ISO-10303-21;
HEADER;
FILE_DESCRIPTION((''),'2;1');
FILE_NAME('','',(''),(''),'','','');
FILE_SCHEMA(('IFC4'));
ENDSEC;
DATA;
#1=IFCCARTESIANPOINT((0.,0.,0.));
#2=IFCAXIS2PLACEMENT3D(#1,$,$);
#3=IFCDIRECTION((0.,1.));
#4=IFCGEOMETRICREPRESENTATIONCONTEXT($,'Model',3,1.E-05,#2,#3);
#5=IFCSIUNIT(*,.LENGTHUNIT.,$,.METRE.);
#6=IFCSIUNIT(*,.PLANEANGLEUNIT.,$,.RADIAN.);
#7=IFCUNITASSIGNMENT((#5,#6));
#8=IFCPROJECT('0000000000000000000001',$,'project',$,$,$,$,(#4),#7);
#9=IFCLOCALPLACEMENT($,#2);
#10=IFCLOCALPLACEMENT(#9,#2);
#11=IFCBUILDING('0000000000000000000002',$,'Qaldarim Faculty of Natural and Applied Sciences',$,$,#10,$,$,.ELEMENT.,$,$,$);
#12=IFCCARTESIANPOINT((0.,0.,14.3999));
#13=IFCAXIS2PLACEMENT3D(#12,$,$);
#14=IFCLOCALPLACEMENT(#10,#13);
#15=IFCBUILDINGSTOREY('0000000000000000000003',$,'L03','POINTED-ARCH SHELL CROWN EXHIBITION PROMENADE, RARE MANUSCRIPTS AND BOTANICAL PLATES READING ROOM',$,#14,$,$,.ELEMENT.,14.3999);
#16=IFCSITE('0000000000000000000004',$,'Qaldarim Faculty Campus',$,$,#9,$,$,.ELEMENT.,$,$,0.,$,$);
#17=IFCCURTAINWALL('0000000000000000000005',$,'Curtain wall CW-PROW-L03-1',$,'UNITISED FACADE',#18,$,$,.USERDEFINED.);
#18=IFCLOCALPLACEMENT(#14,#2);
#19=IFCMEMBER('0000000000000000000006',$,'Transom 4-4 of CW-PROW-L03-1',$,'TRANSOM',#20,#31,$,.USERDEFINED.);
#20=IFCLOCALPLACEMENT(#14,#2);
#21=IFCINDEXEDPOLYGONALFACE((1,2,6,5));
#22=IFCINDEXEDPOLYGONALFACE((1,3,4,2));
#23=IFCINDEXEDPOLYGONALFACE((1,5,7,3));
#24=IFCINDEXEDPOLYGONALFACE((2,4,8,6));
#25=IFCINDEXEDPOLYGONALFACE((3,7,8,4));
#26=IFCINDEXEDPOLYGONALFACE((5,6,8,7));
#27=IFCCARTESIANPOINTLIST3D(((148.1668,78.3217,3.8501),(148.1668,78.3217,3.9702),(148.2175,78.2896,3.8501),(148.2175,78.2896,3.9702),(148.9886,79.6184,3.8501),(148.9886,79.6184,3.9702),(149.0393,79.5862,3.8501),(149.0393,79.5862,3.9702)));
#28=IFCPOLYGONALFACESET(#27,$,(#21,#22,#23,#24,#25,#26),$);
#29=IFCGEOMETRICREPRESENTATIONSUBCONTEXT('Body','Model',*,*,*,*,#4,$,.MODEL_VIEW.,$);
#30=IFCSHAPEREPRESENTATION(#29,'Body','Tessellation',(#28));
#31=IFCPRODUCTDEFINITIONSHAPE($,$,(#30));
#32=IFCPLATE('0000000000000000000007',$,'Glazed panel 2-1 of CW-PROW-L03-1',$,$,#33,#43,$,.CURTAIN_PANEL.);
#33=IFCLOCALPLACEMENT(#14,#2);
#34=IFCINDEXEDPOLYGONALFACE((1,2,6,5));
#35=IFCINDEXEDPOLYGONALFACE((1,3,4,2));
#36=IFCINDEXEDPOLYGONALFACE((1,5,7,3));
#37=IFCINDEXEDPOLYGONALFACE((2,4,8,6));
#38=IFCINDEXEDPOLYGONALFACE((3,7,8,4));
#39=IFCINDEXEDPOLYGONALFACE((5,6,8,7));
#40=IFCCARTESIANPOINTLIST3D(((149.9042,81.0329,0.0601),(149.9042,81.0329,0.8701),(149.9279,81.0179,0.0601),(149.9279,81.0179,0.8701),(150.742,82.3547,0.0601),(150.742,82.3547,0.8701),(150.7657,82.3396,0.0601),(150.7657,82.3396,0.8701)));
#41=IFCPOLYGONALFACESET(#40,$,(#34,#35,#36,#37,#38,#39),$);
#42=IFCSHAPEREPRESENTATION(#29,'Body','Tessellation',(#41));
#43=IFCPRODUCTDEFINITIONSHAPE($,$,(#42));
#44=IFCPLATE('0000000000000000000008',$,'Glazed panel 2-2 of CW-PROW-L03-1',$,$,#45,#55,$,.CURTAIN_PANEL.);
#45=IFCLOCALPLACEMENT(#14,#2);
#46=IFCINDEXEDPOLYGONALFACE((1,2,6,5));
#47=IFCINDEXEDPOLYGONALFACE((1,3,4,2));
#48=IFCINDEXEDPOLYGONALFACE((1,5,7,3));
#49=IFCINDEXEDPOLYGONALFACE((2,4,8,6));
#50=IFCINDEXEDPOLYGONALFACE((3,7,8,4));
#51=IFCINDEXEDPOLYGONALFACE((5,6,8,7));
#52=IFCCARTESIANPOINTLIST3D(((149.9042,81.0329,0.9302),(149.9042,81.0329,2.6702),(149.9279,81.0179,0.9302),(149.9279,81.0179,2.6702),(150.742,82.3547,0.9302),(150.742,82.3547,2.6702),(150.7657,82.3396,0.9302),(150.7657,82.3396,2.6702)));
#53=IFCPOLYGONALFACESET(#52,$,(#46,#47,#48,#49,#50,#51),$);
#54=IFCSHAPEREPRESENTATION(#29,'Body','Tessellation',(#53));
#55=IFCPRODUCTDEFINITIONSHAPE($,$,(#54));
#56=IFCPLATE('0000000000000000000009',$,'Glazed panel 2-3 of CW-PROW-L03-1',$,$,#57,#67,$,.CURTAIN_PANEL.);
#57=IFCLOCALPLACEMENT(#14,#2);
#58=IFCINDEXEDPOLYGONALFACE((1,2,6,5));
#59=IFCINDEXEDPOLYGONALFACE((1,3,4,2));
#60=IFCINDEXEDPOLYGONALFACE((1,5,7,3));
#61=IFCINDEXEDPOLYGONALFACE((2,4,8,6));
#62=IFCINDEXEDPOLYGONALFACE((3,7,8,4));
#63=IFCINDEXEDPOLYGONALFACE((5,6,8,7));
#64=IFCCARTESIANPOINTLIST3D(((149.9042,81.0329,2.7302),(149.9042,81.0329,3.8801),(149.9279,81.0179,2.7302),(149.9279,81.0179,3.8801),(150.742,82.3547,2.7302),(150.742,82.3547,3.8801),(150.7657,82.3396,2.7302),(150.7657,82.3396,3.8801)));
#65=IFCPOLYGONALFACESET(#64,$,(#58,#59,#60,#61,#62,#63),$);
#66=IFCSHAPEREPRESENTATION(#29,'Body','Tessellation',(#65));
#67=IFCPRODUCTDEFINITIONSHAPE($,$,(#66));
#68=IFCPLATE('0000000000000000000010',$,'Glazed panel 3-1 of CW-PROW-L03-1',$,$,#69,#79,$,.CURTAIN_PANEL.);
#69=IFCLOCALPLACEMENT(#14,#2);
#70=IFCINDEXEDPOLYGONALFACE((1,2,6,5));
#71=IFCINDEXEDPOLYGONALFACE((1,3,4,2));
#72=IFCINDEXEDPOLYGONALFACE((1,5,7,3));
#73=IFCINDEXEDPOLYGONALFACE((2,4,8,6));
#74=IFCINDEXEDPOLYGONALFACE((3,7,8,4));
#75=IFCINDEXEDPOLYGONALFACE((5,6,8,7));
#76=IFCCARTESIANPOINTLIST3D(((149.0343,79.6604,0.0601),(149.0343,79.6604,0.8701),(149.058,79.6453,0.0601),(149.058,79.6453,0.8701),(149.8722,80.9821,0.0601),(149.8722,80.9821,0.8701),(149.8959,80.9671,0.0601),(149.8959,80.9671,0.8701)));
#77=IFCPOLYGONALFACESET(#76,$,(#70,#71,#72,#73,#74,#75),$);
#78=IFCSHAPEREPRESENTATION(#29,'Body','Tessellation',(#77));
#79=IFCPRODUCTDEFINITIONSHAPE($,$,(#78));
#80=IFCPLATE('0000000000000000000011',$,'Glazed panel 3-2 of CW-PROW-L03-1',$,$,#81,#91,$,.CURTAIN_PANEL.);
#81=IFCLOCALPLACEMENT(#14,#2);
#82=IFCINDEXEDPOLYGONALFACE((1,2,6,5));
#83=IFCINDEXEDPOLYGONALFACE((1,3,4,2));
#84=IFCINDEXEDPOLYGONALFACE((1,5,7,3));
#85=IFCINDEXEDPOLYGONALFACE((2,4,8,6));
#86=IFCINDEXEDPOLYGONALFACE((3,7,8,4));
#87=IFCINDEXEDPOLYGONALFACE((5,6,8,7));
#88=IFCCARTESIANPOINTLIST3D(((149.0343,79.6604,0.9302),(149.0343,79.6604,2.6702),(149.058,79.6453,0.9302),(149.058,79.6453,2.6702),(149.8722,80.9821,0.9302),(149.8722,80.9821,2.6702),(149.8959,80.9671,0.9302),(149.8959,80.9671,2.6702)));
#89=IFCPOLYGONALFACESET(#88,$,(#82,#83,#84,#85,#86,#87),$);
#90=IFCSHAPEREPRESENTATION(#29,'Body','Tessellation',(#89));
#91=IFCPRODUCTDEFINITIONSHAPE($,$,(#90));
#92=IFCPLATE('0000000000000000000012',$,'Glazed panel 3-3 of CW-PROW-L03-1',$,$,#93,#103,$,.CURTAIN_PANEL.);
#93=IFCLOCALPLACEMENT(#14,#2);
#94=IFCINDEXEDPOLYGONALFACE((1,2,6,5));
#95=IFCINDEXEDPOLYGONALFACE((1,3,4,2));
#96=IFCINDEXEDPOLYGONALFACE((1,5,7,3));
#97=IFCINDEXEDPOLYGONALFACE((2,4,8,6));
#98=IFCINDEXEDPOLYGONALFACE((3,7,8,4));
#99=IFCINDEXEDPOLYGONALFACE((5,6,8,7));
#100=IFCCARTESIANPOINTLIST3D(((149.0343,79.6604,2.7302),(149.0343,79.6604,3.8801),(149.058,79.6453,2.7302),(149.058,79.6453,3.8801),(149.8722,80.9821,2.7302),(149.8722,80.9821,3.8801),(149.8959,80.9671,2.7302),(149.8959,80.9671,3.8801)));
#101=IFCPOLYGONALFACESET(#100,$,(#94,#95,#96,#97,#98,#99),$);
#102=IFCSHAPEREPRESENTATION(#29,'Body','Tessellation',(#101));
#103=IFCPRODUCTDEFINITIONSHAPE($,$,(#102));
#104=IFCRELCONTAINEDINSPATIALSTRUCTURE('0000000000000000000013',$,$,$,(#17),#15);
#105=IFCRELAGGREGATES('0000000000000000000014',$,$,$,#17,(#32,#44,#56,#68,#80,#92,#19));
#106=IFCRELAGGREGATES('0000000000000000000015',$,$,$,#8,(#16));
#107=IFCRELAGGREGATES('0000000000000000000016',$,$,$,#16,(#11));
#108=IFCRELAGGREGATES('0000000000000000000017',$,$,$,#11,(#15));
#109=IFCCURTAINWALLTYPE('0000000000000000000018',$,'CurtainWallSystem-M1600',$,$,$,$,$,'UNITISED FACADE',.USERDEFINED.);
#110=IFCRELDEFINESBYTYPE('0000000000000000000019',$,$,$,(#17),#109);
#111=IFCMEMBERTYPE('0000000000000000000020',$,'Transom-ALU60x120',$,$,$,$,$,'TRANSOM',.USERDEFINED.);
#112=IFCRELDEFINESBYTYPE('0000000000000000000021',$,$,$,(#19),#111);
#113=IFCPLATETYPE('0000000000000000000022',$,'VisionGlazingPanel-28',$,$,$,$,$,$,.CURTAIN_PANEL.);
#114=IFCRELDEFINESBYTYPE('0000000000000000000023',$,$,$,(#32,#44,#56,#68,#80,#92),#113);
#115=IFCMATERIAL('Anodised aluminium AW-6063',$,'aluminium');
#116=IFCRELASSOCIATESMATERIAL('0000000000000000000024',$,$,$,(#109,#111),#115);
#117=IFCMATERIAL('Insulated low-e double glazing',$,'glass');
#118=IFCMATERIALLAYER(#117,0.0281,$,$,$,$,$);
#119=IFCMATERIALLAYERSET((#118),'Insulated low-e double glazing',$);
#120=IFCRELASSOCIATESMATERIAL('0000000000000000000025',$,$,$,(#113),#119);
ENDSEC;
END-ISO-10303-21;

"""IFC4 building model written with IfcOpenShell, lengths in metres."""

from ifc_helpers import new_model, si_unit, direction, frame, origin, origin_2d, place, context, subcontext, project, spatial, rectangle, extrude, material, layer, layer_set, material_profile, profile_set, type_object, element, aggregate, save


model = new_model("IFC4")

# Units and contexts
model_context = context("Model", 3, precision=1e-05, world=origin(), true_north=direction((0.0, 1.0)))
body_context = subcontext(model_context, "Body", "Model", "MODEL_VIEW")
ifc_project = project(units=[si_unit("LENGTHUNIT", "METRE"), si_unit("PLANEANGLEUNIT", "RADIAN")], contexts=[model_context])

# Site, building, storey
site_placement = place(None, origin())
site = spatial("IfcSite", under=ifc_project, at=site_placement, Name="Qaldarim Faculty Campus", CompositionType="ELEMENT", RefElevation=0.0)
building_placement = place(site_placement, origin())
building = spatial("IfcBuilding", under=site, at=building_placement, Name="Qaldarim Faculty of Natural and Applied Sciences", CompositionType="ELEMENT")
storey_placement = place(building_placement, frame((0.0, 0.0, 14.3999)))
storey = spatial("IfcBuildingStorey", under=building, at=storey_placement, Name="L03", Description="POINTED-ARCH SHELL CROWN EXHIBITION PROMENADE, RARE MANUSCRIPTS AND BOTANICAL PLATES READING ROOM", CompositionType="ELEMENT", Elevation=14.3999)

# Curtain wall, member, plates
ifc_material_1 = material(Name="Anodised aluminium AW-6063", Category="aluminium")
curtain_wall_type = type_object("IfcCurtainWallType", Name="CurtainWallSystem-M1600", ElementType="UNITISED FACADE", PredefinedType="USERDEFINED", material=ifc_material_1)
curtain_wall_placement = place(storey_placement, origin())
curtain_wall = element("IfcCurtainWall", 1, at=curtain_wall_placement, inside=storey, type_object=curtain_wall_type, Name="Curtain wall CW-PROW-L03-1", ObjectType="UNITISED FACADE", PredefinedType="USERDEFINED")
ifc_material_profile_1 = material_profile(ifc_material_1, rectangle(XDim=0.0601, YDim=0.1201, at=origin_2d()), Name="ALU-T60x120")
ifc_profile_set_1 = profile_set([ifc_material_profile_1], Name="Anodised aluminium AW-6063")
member_type_1 = type_object("IfcMemberType", Name="Transom-ALU60x120", ElementType="TRANSOM", PredefinedType="USERDEFINED", material=ifc_profile_set_1)
member_1_placement = place(storey_placement, frame((149.0139, 79.6023, 3.9102), z_axis=(-0.535321, -0.844649, 0.0), x_axis=(0.844649, -0.535321, 0.0)))
member_1 = element("IfcMember", 2, at=member_1_placement, type_object=member_type_1, Name="Transom 4-4 of CW-PROW-L03-1", ObjectType="TRANSOM", PredefinedType="USERDEFINED", context=body_context, shape_type="SweptSolid", body=[
    extrude(rectangle(XDim=0.0601, YDim=0.1201, at=origin_2d()), origin(), (0.0, 0.0, 1.0), 1.5352),
])
ifc_material_2 = material(Name="Insulated low-e double glazing", Category="glass")
ifc_layer = layer(ifc_material_2, 0.0281)
ifc_layer_set = layer_set([ifc_layer], Name="Insulated low-e double glazing")
plate_type = type_object("IfcPlateType", Name="VisionGlazingPanel-28", PredefinedType="CURTAIN_PANEL", material=ifc_layer_set)
plate_1_placement = place(storey_placement, frame((150.335, 81.6863, 0.0601), z_axis=(0.0, 0.0, 1.0), x_axis=(-0.535385, -0.844608, 0.0)))
plate_1 = element("IfcPlate", 3, at=plate_1_placement, type_object=plate_type, Name="Glazed panel 2-1 of CW-PROW-L03-1", PredefinedType="CURTAIN_PANEL", context=body_context, shape_type="SweptSolid", body=[
    extrude(rectangle(XDim=1.5649, YDim=0.0281, at=origin_2d()), origin(), (0.0, 0.0, 1.0), 0.8101),
])
plate_2_placement = place(storey_placement, frame((150.335, 81.6863, 0.9302), z_axis=(0.0, 0.0, 1.0), x_axis=(-0.535385, -0.844608, 0.0)))
plate_2 = element("IfcPlate", 4, at=plate_2_placement, type_object=plate_type, Name="Glazed panel 2-2 of CW-PROW-L03-1", PredefinedType="CURTAIN_PANEL", context=body_context, shape_type="SweptSolid", body=[
    extrude(rectangle(XDim=1.5649, YDim=0.0281, at=origin_2d()), origin(), (0.0, 0.0, 1.0), 1.74),
])
plate_3_placement = place(storey_placement, frame((150.335, 81.6863, 2.7302), z_axis=(0.0, 0.0, 1.0), x_axis=(-0.535385, -0.844608, 0.0)))
plate_3 = element("IfcPlate", 5, at=plate_3_placement, type_object=plate_type, Name="Glazed panel 2-3 of CW-PROW-L03-1", PredefinedType="CURTAIN_PANEL", context=body_context, shape_type="SweptSolid", body=[
    extrude(rectangle(XDim=1.5649, YDim=0.0281, at=origin_2d()), origin(), (0.0, 0.0, 1.0), 1.1499),
])
plate_4_placement = place(storey_placement, frame((149.4651, 80.3137, 0.0601), z_axis=(0.0, 0.0, 1.0), x_axis=(-0.535385, -0.844608, 0.0)))
plate_4 = element("IfcPlate", 6, at=plate_4_placement, type_object=plate_type, Name="Glazed panel 3-1 of CW-PROW-L03-1", PredefinedType="CURTAIN_PANEL", context=body_context, shape_type="SweptSolid", body=[
    extrude(rectangle(XDim=1.5649, YDim=0.0281, at=origin_2d()), origin(), (0.0, 0.0, 1.0), 0.8101),
])
plate_5_placement = place(storey_placement, frame((149.4651, 80.3137, 0.9302), z_axis=(0.0, 0.0, 1.0), x_axis=(-0.535385, -0.844608, 0.0)))
plate_5 = element("IfcPlate", 7, at=plate_5_placement, type_object=plate_type, Name="Glazed panel 3-2 of CW-PROW-L03-1", PredefinedType="CURTAIN_PANEL", context=body_context, shape_type="SweptSolid", body=[
    extrude(rectangle(XDim=1.5649, YDim=0.0281, at=origin_2d()), origin(), (0.0, 0.0, 1.0), 1.74),
])
plate_6_placement = place(storey_placement, frame((149.4651, 80.3137, 2.7302), z_axis=(0.0, 0.0, 1.0), x_axis=(-0.535385, -0.844608, 0.0)))
plate_6 = element("IfcPlate", 8, at=plate_6_placement, type_object=plate_type, Name="Glazed panel 3-3 of CW-PROW-L03-1", PredefinedType="CURTAIN_PANEL", context=body_context, shape_type="SweptSolid", body=[
    extrude(rectangle(XDim=1.5649, YDim=0.0281, at=origin_2d()), origin(), (0.0, 0.0, 1.0), 1.1499),
])
aggregate(curtain_wall, [plate_1, plate_2, plate_3, plate_4, plate_5, plate_6, member_1])

save(model, "model.ifc")
